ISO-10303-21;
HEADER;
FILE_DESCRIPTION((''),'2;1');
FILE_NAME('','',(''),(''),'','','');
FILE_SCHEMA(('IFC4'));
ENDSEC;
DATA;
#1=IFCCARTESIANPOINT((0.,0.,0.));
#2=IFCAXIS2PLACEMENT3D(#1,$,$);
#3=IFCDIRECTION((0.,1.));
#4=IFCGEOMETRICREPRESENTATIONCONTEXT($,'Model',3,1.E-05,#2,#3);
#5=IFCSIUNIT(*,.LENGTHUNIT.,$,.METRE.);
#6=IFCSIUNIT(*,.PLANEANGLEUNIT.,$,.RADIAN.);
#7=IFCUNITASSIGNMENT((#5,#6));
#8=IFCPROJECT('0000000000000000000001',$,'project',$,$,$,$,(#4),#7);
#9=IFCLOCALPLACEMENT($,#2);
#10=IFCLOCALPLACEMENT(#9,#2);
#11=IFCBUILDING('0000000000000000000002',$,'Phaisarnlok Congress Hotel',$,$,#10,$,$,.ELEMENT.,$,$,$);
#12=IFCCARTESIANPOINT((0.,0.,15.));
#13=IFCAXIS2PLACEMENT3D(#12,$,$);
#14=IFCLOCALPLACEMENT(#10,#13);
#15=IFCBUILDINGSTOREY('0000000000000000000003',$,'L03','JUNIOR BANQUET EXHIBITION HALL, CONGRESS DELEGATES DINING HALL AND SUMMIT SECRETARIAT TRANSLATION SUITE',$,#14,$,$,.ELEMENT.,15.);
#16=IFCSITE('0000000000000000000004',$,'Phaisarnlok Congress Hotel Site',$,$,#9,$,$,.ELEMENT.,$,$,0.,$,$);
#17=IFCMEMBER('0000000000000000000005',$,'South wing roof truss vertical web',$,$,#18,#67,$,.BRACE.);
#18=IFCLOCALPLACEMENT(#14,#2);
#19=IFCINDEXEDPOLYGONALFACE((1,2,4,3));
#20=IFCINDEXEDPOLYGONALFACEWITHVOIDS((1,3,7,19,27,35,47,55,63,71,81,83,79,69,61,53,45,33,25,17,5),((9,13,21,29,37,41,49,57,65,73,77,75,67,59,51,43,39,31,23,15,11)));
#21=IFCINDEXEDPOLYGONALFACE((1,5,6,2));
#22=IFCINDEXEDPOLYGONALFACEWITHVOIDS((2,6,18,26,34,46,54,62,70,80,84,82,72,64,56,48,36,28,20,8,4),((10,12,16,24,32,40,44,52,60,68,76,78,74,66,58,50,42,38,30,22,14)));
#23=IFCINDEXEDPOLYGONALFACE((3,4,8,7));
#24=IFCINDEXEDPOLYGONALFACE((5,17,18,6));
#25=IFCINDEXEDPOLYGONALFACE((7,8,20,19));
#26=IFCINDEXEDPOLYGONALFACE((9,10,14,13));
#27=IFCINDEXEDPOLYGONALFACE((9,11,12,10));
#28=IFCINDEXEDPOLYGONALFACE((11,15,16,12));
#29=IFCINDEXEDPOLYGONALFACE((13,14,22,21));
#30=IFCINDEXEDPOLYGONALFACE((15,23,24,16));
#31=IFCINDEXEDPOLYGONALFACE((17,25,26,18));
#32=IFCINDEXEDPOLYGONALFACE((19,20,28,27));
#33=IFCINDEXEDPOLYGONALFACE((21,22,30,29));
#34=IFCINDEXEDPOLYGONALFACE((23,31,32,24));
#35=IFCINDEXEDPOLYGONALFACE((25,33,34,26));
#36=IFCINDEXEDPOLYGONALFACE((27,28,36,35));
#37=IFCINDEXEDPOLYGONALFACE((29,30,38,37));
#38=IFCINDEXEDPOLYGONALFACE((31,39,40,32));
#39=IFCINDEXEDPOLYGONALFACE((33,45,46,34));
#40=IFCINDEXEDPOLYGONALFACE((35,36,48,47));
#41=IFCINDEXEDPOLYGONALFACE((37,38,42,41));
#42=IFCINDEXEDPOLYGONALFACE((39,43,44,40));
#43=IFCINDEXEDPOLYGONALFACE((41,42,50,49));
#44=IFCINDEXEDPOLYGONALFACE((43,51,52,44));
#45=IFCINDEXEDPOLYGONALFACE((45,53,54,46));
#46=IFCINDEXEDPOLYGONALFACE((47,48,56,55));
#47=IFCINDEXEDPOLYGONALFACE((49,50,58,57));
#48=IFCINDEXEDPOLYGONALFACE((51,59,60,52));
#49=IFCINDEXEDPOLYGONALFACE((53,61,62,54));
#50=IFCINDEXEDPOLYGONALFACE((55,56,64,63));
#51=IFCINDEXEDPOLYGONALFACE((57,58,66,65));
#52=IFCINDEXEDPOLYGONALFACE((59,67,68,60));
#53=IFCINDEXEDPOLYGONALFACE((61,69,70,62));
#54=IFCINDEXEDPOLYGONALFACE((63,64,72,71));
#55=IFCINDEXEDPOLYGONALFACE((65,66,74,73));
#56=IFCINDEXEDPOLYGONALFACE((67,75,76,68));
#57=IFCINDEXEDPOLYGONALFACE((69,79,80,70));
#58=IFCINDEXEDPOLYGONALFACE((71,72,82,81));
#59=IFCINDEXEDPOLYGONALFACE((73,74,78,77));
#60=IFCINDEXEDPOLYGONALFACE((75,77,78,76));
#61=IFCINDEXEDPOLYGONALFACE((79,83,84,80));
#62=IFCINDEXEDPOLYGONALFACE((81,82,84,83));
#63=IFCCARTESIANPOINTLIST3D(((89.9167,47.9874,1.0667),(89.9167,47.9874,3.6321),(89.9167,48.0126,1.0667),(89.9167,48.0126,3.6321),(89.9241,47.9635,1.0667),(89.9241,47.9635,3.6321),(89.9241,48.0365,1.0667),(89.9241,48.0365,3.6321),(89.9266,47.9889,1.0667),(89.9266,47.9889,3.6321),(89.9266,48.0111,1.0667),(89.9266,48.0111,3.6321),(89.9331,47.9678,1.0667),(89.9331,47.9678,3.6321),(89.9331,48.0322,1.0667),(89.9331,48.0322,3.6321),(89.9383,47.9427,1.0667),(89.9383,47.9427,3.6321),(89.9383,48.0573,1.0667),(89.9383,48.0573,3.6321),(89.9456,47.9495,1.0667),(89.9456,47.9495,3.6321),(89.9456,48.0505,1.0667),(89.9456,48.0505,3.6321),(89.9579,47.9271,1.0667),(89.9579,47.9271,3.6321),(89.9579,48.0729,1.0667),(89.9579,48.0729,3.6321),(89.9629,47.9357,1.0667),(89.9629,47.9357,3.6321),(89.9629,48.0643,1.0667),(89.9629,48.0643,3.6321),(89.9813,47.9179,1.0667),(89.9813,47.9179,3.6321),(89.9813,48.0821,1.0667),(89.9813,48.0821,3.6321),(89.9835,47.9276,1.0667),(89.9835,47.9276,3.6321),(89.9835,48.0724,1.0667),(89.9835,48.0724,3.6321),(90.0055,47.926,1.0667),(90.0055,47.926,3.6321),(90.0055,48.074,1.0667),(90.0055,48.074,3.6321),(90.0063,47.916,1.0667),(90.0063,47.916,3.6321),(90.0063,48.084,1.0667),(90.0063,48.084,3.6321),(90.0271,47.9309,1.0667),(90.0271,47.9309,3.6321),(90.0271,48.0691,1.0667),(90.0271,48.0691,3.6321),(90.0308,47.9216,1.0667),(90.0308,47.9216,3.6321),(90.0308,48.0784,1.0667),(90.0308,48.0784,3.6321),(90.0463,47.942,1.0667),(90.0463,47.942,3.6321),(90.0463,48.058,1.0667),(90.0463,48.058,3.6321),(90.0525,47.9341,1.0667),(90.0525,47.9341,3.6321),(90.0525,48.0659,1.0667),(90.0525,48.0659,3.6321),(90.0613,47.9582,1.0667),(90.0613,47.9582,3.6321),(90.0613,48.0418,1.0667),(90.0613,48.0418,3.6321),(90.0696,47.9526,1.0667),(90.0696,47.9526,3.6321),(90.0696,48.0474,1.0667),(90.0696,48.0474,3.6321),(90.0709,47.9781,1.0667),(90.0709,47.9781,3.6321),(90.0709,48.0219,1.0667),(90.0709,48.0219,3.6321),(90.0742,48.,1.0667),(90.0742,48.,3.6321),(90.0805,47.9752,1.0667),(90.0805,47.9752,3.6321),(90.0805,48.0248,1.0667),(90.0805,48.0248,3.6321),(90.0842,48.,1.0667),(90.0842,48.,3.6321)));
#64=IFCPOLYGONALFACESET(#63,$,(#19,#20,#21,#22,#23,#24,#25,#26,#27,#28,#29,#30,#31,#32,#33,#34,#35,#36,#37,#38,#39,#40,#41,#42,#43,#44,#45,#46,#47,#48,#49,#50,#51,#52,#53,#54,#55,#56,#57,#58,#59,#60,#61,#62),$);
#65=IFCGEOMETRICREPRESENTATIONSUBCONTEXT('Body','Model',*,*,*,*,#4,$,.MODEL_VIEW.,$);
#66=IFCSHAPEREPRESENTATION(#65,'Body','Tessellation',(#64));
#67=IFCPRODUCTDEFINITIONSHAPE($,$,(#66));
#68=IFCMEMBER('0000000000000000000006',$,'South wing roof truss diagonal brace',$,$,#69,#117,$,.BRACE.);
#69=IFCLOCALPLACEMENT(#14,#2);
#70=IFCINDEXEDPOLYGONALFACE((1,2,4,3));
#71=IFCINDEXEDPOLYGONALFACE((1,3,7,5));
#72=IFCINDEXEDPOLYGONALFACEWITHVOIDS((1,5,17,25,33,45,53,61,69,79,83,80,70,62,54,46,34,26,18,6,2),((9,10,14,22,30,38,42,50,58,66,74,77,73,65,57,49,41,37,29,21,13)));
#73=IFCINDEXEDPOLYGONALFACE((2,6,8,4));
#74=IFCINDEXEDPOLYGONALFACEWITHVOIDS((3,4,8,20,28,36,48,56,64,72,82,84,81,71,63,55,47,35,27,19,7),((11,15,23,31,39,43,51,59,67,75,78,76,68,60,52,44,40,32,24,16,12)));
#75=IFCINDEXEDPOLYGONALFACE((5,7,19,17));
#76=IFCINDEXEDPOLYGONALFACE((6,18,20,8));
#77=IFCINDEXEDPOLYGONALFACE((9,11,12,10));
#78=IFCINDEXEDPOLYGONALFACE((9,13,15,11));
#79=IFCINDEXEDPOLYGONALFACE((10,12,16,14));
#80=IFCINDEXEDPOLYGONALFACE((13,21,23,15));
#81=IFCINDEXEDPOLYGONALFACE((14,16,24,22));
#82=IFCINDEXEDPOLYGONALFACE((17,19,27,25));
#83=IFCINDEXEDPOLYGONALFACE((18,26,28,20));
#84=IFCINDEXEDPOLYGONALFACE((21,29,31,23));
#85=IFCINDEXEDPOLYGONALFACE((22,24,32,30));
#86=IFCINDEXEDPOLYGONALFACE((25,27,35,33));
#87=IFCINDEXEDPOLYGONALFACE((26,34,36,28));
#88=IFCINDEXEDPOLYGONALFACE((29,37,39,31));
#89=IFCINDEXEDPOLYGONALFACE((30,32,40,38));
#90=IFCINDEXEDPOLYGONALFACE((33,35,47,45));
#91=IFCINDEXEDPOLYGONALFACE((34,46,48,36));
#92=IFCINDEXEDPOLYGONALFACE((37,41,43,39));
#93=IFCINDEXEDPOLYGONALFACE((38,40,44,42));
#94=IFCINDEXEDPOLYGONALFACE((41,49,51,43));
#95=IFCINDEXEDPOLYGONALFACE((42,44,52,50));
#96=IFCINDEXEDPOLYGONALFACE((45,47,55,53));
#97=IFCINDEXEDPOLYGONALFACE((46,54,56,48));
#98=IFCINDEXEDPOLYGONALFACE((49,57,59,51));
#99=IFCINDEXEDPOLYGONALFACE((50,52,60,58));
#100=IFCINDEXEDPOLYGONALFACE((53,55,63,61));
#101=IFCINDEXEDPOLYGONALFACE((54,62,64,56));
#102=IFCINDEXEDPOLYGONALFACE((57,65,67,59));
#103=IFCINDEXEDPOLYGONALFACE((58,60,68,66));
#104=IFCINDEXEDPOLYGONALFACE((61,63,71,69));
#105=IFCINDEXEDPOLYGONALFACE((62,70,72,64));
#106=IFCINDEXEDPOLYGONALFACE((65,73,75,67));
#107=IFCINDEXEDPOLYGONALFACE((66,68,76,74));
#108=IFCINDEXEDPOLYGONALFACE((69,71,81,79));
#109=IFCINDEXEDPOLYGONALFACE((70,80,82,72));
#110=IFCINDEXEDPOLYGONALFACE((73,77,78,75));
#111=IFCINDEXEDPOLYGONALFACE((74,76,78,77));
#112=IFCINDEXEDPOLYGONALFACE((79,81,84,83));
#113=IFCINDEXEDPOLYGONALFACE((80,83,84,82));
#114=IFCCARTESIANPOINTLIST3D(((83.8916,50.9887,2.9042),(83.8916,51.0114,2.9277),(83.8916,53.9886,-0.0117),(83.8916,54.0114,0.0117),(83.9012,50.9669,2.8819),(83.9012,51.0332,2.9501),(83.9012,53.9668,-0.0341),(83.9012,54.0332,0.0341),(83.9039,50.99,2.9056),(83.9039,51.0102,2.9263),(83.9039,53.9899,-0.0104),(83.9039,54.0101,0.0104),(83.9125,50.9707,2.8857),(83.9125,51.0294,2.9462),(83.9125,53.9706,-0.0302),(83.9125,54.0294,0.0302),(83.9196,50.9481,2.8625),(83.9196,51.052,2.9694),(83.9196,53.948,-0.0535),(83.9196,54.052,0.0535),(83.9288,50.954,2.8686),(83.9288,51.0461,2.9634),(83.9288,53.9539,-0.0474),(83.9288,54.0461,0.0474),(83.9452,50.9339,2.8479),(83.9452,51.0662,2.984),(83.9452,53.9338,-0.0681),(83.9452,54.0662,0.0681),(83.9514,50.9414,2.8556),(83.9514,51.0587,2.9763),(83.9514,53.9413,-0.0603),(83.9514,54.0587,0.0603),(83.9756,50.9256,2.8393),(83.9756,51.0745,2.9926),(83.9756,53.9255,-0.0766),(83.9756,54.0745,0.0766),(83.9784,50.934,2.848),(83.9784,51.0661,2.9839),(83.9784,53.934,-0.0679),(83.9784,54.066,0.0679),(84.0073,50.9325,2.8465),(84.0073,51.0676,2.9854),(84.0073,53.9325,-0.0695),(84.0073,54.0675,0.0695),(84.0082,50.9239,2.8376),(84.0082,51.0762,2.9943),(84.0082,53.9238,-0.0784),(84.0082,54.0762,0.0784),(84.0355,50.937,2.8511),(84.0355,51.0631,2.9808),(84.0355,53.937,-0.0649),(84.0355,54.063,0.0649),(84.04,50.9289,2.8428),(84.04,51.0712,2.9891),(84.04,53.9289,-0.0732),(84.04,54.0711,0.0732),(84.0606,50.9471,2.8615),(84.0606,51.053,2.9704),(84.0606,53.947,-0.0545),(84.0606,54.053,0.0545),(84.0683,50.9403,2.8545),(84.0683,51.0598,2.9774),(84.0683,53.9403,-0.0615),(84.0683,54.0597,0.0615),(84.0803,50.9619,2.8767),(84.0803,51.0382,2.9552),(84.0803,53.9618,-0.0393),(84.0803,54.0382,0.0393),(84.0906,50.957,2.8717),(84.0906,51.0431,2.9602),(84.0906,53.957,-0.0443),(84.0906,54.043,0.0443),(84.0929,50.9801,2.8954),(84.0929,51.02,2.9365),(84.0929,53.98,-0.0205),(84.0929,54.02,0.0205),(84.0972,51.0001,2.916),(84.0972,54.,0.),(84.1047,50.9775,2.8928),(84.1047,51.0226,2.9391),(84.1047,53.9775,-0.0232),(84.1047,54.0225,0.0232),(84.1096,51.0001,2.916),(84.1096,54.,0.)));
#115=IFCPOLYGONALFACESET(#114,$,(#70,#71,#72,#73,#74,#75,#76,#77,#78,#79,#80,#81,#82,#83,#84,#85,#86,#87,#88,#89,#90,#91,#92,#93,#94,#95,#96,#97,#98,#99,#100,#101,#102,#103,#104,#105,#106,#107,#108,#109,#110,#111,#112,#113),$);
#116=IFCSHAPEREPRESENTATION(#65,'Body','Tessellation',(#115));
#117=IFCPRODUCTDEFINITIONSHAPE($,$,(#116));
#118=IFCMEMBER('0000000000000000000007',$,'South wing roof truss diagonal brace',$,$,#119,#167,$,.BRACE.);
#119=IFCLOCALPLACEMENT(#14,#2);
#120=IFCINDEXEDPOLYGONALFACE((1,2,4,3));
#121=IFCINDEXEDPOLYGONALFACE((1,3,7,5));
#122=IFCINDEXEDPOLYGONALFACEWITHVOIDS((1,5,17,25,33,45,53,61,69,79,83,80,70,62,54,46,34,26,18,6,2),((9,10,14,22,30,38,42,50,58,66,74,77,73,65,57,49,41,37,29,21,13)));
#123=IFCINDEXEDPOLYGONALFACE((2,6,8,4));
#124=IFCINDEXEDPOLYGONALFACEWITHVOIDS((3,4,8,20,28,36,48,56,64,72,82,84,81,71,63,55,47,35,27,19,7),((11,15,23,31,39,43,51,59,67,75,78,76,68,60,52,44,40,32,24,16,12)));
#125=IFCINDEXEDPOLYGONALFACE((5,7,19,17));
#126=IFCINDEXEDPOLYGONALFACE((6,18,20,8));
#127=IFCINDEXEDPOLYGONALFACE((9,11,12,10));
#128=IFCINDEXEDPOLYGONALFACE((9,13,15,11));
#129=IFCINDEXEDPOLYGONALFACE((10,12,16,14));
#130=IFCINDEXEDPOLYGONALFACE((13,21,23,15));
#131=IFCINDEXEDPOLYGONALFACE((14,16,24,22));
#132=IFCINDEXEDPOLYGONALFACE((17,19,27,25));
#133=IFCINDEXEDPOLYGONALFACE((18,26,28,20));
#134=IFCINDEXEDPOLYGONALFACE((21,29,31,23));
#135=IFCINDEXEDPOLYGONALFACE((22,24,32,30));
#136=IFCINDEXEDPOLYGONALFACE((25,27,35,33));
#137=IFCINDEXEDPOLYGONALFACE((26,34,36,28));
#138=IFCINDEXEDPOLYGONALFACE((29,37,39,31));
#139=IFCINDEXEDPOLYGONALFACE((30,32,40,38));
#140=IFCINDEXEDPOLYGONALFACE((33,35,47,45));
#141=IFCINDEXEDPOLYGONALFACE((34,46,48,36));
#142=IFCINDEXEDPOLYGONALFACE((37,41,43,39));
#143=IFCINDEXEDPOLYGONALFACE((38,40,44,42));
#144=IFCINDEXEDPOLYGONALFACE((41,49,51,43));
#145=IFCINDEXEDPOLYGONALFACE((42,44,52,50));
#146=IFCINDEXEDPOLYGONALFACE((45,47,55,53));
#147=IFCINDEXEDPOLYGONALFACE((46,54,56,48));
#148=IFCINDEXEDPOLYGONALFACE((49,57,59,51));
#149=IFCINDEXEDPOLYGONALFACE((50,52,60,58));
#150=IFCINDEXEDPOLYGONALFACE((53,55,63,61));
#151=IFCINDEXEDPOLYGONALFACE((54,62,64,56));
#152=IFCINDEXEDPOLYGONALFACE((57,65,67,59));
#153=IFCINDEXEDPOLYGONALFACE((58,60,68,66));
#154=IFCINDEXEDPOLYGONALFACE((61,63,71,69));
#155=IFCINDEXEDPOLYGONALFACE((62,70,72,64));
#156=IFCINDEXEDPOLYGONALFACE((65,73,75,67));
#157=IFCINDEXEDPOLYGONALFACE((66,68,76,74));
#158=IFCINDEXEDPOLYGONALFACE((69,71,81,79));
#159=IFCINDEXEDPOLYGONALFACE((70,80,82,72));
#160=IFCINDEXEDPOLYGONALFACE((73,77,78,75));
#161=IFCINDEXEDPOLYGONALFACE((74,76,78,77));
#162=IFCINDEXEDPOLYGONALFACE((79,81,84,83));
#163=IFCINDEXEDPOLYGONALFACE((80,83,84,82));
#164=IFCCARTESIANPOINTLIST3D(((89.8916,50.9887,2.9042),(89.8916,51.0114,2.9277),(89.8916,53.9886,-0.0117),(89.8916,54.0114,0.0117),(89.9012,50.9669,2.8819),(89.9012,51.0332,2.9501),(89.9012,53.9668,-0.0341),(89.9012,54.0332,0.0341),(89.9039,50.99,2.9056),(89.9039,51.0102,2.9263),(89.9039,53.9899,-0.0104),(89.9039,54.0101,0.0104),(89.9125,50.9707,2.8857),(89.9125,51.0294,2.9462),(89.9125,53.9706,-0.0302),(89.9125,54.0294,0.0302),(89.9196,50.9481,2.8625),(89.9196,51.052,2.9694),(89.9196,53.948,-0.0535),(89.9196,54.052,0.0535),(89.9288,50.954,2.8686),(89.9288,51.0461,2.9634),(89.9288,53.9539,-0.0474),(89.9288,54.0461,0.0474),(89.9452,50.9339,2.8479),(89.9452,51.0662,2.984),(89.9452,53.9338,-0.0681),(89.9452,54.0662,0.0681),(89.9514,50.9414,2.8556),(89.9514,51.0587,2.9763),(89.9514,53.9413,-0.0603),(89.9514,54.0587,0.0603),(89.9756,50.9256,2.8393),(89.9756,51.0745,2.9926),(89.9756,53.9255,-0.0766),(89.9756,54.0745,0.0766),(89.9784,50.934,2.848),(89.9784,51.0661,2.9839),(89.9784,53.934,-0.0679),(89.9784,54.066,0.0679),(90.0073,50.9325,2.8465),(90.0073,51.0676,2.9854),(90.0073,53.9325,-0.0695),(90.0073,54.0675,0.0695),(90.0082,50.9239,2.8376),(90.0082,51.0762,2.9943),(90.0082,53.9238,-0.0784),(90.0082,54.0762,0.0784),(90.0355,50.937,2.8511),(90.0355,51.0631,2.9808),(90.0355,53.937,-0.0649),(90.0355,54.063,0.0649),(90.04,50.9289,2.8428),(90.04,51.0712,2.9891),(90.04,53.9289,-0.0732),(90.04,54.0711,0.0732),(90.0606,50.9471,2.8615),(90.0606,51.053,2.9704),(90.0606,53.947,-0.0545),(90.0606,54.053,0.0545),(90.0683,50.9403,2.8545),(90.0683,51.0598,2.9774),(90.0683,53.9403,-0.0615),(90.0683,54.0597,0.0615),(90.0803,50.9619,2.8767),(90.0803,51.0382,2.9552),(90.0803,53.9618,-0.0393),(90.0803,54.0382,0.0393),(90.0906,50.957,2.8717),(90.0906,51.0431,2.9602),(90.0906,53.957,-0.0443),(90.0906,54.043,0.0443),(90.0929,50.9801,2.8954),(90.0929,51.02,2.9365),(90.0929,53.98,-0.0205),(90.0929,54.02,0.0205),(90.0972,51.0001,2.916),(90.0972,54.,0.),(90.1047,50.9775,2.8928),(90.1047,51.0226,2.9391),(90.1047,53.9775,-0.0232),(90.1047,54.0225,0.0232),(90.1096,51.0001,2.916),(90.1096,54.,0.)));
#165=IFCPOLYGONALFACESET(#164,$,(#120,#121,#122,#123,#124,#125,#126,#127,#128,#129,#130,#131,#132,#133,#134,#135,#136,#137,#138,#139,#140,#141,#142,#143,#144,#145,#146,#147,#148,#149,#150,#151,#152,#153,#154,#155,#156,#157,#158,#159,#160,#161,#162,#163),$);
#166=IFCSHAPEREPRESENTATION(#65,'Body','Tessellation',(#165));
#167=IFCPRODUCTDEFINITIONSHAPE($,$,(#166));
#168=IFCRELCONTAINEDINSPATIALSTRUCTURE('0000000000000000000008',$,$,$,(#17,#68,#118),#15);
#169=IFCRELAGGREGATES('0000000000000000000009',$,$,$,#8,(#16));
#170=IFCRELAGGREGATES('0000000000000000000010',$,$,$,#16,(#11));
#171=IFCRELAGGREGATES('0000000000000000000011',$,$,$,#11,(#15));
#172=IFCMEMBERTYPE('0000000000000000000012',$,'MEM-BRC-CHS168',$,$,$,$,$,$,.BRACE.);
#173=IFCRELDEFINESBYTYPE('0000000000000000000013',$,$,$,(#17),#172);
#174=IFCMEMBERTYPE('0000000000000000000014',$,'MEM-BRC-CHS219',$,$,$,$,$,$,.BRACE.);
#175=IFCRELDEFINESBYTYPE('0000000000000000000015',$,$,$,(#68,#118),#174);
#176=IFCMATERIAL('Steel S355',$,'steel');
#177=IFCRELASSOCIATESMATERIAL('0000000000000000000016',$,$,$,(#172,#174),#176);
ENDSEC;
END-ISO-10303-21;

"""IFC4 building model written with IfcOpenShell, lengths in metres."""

from ifc_helpers import new_model, si_unit, direction, frame, origin, origin_2d, place, context, subcontext, project, spatial, hollow_circle, extrude, material, material_profile, profile_set, type_object, element, save


model = new_model("IFC4")

# Units and contexts
model_context = context("Model", 3, precision=1e-05, world=origin(), true_north=direction((0.0, 1.0)))
body_context = subcontext(model_context, "Body", "Model", "MODEL_VIEW")
ifc_project = project(units=[si_unit("LENGTHUNIT", "METRE"), si_unit("PLANEANGLEUNIT", "RADIAN")], contexts=[model_context])

# Site, building, storey
site_placement = place(None, origin())
site = spatial("IfcSite", under=ifc_project, at=site_placement, Name="Phaisarnlok Congress Hotel Site", CompositionType="ELEMENT", RefElevation=0.0)
building_placement = place(site_placement, origin())
building = spatial("IfcBuilding", under=site, at=building_placement, Name="Phaisarnlok Congress Hotel", CompositionType="ELEMENT")
storey_placement = place(building_placement, frame((0.0, 0.0, 15.0)))
storey = spatial("IfcBuildingStorey", under=building, at=storey_placement, Name="L03", Description="JUNIOR BANQUET EXHIBITION HALL, CONGRESS DELEGATES DINING HALL AND SUMMIT SECRETARIAT TRANSLATION SUITE", CompositionType="ELEMENT", Elevation=15.0)

# Shared definitions
ifc_material = material(Name="Steel S355", Category="steel")

# Members
ifc_material_profile_1 = material_profile(ifc_material, hollow_circle(Radius=0.0842, WallThickness=0.01, at=origin_2d()), Name="CHS 168.3x10")
ifc_profile_set_1 = profile_set([ifc_material_profile_1], Name="Steel S355")
member_type_1 = type_object("IfcMemberType", Name="MEM-BRC-CHS168", PredefinedType="BRACE", material=ifc_profile_set_1)
member_1_placement = place(storey_placement, frame((90.0, 48.0, 1.0667), z_axis=(0.0, 0.0, 1.0), x_axis=(1.0, 0.0, 0.0)))
element("IfcMember", 1, at=member_1_placement, inside=storey, type_object=member_type_1, Name="South wing roof truss vertical web", PredefinedType="BRACE", context=body_context, shape_type="SweptSolid", body=[
    extrude(hollow_circle(Radius=0.0842, WallThickness=0.01, at=origin_2d()), origin(), (0.0, 0.0, 1.0), 2.5654),
])
ifc_material_profile_2 = material_profile(ifc_material, hollow_circle(Radius=0.1096, WallThickness=0.0125, at=origin_2d()), Name="CHS 219.1x12.5")
ifc_profile_set_2 = profile_set([ifc_material_profile_2], Name="Steel S355")
member_type_2 = type_object("IfcMemberType", Name="MEM-BRC-CHS219", PredefinedType="BRACE", material=ifc_profile_set_2)
for number, where, z_axis, x_axis, name in (
    (2, (84.0, 54.0, 0.0), (0.0, -0.717073, 0.696998), (1.0, 0.0, 0.0), "South wing roof truss diagonal brace"),
    (3, (90.0, 54.0, 0.0), (0.0, -0.717073, 0.696998), (1.0, 0.0, 0.0), "South wing roof truss diagonal brace"),
):
    element("IfcMember", number, at=place(storey_placement, frame(where, z_axis=z_axis, x_axis=x_axis)), inside=storey, type_object=member_type_2, Name=name, PredefinedType="BRACE", context=body_context, shape_type="SweptSolid", body=[
        extrude(hollow_circle(Radius=0.1096, WallThickness=0.0125, at=origin_2d()), origin(), (0.0, 0.0, 1.0), 4.1836),
    ])

save(model, "model.ifc")
